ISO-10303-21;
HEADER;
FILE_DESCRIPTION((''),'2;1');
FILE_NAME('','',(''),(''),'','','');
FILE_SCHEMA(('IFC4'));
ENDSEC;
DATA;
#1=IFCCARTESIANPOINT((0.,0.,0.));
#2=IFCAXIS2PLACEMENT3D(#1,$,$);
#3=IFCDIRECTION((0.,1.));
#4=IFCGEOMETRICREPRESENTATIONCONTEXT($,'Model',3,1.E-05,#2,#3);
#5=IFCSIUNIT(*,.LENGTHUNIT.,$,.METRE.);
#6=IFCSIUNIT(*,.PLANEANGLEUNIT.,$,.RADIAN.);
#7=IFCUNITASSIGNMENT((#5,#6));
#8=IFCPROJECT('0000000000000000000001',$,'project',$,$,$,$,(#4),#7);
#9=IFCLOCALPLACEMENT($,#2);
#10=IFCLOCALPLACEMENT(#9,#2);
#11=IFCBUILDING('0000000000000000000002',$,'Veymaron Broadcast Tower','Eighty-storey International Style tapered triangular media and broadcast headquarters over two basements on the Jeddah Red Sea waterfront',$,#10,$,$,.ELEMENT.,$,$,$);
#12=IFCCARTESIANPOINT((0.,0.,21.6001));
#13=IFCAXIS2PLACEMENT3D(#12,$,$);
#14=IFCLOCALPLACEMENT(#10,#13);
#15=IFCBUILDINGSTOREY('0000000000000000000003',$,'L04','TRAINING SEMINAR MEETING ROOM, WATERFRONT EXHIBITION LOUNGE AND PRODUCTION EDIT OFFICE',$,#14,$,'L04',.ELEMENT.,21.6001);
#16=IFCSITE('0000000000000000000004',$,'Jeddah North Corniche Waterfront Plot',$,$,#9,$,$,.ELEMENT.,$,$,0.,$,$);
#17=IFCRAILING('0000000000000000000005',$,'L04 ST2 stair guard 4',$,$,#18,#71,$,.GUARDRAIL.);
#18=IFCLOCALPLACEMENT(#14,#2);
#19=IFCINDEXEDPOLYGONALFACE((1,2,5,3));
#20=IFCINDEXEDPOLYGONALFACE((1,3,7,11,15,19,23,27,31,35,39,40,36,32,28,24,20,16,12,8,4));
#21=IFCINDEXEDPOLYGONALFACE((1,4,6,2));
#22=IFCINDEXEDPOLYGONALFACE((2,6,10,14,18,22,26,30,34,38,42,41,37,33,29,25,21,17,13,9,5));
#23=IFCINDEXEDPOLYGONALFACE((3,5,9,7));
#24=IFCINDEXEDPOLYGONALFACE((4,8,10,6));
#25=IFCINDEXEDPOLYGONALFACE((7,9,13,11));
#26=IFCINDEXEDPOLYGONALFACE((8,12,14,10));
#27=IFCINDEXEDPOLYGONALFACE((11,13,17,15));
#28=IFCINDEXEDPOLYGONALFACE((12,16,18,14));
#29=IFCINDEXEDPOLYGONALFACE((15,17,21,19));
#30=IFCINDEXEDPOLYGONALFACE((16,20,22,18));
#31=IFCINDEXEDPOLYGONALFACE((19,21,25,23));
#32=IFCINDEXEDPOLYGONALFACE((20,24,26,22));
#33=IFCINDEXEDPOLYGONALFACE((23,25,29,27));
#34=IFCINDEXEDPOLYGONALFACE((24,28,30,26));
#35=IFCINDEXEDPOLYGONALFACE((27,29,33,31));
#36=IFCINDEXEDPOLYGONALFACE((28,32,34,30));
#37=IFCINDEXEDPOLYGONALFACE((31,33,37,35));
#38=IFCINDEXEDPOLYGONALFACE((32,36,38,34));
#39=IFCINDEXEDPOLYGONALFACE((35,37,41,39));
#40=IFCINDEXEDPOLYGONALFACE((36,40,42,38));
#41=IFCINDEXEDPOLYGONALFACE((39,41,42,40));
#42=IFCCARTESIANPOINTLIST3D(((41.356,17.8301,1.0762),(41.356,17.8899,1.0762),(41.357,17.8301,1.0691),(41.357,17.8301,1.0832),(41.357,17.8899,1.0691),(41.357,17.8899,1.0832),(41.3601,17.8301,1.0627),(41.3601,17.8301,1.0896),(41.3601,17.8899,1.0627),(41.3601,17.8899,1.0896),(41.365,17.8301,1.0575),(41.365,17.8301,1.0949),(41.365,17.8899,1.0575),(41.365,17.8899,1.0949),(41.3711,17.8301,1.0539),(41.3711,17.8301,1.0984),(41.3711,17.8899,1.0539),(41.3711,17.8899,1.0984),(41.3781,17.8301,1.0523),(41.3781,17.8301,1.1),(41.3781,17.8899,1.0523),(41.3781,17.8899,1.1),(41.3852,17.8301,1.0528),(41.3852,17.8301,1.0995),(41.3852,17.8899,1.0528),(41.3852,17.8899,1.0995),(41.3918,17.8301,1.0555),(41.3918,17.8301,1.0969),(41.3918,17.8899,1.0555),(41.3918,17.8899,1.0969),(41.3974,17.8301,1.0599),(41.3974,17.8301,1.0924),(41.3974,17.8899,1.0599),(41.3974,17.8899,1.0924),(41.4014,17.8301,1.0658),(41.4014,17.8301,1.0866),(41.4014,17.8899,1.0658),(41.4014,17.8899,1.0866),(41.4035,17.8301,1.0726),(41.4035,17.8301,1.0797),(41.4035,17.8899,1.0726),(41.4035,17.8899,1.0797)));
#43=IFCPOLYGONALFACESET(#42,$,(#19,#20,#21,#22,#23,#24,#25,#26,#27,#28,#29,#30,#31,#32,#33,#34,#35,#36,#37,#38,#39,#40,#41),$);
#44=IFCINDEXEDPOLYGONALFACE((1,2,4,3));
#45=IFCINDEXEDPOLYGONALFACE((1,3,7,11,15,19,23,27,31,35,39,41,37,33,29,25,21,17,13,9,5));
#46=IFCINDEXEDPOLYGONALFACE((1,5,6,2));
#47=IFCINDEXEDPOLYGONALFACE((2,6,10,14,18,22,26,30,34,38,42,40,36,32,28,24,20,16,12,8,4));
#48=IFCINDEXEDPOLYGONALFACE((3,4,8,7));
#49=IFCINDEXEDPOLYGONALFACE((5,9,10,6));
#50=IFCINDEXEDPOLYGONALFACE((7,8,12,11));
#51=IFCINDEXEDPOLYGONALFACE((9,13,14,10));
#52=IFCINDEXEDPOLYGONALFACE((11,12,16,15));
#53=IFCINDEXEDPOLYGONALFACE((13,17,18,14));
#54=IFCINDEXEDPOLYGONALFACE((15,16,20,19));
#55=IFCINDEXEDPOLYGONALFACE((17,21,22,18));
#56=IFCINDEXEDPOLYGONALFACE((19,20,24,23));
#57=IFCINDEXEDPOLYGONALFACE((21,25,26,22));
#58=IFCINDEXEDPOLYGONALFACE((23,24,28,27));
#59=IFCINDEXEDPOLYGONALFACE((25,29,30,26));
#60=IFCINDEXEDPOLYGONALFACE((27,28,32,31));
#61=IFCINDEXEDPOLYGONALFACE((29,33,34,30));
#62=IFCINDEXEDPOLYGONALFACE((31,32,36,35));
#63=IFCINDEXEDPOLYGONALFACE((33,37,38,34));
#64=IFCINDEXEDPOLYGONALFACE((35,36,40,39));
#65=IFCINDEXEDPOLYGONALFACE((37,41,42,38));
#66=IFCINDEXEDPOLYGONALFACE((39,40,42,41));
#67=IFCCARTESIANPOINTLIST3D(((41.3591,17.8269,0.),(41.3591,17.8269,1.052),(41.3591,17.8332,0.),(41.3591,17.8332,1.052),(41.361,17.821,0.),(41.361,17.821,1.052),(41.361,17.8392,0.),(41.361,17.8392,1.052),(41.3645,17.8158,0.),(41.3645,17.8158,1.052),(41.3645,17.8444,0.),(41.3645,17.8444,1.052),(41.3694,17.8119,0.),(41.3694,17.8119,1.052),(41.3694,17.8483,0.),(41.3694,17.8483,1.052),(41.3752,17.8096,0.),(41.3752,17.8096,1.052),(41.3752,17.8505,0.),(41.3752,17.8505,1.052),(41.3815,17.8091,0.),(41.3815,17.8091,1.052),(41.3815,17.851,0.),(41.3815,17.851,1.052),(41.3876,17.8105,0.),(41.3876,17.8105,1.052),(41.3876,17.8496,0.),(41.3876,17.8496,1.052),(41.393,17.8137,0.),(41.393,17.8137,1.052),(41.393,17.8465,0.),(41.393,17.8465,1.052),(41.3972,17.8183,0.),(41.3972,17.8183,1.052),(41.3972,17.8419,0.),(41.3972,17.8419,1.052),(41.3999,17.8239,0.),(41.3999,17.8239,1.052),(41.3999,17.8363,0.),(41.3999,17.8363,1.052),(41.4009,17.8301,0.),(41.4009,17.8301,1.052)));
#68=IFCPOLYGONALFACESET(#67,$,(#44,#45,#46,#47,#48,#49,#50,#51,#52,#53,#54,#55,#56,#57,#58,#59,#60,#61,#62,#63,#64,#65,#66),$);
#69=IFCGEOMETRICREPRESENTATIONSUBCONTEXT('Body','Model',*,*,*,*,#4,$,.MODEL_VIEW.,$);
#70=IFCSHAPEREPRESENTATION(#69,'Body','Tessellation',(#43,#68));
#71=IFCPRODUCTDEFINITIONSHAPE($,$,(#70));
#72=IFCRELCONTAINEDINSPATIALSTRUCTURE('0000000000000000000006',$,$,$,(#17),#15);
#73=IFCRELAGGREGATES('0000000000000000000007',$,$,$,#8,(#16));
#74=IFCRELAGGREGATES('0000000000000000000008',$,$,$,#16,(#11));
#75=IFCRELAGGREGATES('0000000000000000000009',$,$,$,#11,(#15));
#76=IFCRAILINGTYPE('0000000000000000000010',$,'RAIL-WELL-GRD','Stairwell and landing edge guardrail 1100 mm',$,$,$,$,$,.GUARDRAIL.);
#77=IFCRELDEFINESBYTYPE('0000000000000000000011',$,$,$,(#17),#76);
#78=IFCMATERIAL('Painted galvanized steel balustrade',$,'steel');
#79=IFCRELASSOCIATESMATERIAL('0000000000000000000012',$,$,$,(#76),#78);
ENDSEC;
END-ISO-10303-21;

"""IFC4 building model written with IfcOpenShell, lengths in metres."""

from ifc_helpers import new_model, si_unit, direction, frame, origin, origin_2d, place, context, subcontext, project, spatial, circle, extrude, material, type_object, element, save


model = new_model("IFC4")

# Units and contexts
model_context = context("Model", 3, precision=1e-05, world=origin(), true_north=direction((0.0, 1.0)))
body_context = subcontext(model_context, "Body", "Model", "MODEL_VIEW")
ifc_project = project(units=[si_unit("LENGTHUNIT", "METRE"), si_unit("PLANEANGLEUNIT", "RADIAN")], contexts=[model_context])

# Site, building, storey
site_placement = place(None, origin())
site = spatial("IfcSite", under=ifc_project, at=site_placement, Name="Jeddah North Corniche Waterfront Plot", CompositionType="ELEMENT", RefElevation=0.0)
building_placement = place(site_placement, origin())
building = spatial("IfcBuilding", under=site, at=building_placement, Name="Veymaron Broadcast Tower", Description="Eighty-storey International Style tapered triangular media and broadcast headquarters over two basements on the Jeddah Red Sea waterfront", CompositionType="ELEMENT")
storey_placement = place(building_placement, frame((0.0, 0.0, 21.6001)))
storey = spatial("IfcBuildingStorey", under=building, at=storey_placement, Name="L04", Description="TRAINING SEMINAR MEETING ROOM, WATERFRONT EXHIBITION LOUNGE AND PRODUCTION EDIT OFFICE", LongName="L04", CompositionType="ELEMENT", Elevation=21.6001)

# Railing
ifc_material_1 = material(Name="Painted galvanized steel balustrade", Category="steel")
railing_type_1 = type_object("IfcRailingType", Name="RAIL-WELL-GRD", Description="Stairwell and landing edge guardrail 1100 mm", PredefinedType="GUARDRAIL", material=ifc_material_1)
railing_1_placement = place(storey_placement, frame((41.3799, 17.8301, 0.0)))
element("IfcRailing", 1, at=railing_1_placement, inside=storey, type_object=railing_type_1, Name="L04 ST2 stair guard 4", PredefinedType="GUARDRAIL", context=body_context, shape_type="SweptSolid", body=[
    extrude(circle(Radius=0.0239, at=origin_2d()), frame((0.0, 0.0, 1.0762), z_axis=(0.0, 1.0, 0.0), x_axis=(-1.0, 0.0, 0.0)), (0.0, 0.0, 1.0), 0.0598),
    extrude(circle(Radius=0.021, at=origin_2d()), origin(), (0.0, 0.0, 1.0), 1.052),
])

save(model, "model.ifc")
